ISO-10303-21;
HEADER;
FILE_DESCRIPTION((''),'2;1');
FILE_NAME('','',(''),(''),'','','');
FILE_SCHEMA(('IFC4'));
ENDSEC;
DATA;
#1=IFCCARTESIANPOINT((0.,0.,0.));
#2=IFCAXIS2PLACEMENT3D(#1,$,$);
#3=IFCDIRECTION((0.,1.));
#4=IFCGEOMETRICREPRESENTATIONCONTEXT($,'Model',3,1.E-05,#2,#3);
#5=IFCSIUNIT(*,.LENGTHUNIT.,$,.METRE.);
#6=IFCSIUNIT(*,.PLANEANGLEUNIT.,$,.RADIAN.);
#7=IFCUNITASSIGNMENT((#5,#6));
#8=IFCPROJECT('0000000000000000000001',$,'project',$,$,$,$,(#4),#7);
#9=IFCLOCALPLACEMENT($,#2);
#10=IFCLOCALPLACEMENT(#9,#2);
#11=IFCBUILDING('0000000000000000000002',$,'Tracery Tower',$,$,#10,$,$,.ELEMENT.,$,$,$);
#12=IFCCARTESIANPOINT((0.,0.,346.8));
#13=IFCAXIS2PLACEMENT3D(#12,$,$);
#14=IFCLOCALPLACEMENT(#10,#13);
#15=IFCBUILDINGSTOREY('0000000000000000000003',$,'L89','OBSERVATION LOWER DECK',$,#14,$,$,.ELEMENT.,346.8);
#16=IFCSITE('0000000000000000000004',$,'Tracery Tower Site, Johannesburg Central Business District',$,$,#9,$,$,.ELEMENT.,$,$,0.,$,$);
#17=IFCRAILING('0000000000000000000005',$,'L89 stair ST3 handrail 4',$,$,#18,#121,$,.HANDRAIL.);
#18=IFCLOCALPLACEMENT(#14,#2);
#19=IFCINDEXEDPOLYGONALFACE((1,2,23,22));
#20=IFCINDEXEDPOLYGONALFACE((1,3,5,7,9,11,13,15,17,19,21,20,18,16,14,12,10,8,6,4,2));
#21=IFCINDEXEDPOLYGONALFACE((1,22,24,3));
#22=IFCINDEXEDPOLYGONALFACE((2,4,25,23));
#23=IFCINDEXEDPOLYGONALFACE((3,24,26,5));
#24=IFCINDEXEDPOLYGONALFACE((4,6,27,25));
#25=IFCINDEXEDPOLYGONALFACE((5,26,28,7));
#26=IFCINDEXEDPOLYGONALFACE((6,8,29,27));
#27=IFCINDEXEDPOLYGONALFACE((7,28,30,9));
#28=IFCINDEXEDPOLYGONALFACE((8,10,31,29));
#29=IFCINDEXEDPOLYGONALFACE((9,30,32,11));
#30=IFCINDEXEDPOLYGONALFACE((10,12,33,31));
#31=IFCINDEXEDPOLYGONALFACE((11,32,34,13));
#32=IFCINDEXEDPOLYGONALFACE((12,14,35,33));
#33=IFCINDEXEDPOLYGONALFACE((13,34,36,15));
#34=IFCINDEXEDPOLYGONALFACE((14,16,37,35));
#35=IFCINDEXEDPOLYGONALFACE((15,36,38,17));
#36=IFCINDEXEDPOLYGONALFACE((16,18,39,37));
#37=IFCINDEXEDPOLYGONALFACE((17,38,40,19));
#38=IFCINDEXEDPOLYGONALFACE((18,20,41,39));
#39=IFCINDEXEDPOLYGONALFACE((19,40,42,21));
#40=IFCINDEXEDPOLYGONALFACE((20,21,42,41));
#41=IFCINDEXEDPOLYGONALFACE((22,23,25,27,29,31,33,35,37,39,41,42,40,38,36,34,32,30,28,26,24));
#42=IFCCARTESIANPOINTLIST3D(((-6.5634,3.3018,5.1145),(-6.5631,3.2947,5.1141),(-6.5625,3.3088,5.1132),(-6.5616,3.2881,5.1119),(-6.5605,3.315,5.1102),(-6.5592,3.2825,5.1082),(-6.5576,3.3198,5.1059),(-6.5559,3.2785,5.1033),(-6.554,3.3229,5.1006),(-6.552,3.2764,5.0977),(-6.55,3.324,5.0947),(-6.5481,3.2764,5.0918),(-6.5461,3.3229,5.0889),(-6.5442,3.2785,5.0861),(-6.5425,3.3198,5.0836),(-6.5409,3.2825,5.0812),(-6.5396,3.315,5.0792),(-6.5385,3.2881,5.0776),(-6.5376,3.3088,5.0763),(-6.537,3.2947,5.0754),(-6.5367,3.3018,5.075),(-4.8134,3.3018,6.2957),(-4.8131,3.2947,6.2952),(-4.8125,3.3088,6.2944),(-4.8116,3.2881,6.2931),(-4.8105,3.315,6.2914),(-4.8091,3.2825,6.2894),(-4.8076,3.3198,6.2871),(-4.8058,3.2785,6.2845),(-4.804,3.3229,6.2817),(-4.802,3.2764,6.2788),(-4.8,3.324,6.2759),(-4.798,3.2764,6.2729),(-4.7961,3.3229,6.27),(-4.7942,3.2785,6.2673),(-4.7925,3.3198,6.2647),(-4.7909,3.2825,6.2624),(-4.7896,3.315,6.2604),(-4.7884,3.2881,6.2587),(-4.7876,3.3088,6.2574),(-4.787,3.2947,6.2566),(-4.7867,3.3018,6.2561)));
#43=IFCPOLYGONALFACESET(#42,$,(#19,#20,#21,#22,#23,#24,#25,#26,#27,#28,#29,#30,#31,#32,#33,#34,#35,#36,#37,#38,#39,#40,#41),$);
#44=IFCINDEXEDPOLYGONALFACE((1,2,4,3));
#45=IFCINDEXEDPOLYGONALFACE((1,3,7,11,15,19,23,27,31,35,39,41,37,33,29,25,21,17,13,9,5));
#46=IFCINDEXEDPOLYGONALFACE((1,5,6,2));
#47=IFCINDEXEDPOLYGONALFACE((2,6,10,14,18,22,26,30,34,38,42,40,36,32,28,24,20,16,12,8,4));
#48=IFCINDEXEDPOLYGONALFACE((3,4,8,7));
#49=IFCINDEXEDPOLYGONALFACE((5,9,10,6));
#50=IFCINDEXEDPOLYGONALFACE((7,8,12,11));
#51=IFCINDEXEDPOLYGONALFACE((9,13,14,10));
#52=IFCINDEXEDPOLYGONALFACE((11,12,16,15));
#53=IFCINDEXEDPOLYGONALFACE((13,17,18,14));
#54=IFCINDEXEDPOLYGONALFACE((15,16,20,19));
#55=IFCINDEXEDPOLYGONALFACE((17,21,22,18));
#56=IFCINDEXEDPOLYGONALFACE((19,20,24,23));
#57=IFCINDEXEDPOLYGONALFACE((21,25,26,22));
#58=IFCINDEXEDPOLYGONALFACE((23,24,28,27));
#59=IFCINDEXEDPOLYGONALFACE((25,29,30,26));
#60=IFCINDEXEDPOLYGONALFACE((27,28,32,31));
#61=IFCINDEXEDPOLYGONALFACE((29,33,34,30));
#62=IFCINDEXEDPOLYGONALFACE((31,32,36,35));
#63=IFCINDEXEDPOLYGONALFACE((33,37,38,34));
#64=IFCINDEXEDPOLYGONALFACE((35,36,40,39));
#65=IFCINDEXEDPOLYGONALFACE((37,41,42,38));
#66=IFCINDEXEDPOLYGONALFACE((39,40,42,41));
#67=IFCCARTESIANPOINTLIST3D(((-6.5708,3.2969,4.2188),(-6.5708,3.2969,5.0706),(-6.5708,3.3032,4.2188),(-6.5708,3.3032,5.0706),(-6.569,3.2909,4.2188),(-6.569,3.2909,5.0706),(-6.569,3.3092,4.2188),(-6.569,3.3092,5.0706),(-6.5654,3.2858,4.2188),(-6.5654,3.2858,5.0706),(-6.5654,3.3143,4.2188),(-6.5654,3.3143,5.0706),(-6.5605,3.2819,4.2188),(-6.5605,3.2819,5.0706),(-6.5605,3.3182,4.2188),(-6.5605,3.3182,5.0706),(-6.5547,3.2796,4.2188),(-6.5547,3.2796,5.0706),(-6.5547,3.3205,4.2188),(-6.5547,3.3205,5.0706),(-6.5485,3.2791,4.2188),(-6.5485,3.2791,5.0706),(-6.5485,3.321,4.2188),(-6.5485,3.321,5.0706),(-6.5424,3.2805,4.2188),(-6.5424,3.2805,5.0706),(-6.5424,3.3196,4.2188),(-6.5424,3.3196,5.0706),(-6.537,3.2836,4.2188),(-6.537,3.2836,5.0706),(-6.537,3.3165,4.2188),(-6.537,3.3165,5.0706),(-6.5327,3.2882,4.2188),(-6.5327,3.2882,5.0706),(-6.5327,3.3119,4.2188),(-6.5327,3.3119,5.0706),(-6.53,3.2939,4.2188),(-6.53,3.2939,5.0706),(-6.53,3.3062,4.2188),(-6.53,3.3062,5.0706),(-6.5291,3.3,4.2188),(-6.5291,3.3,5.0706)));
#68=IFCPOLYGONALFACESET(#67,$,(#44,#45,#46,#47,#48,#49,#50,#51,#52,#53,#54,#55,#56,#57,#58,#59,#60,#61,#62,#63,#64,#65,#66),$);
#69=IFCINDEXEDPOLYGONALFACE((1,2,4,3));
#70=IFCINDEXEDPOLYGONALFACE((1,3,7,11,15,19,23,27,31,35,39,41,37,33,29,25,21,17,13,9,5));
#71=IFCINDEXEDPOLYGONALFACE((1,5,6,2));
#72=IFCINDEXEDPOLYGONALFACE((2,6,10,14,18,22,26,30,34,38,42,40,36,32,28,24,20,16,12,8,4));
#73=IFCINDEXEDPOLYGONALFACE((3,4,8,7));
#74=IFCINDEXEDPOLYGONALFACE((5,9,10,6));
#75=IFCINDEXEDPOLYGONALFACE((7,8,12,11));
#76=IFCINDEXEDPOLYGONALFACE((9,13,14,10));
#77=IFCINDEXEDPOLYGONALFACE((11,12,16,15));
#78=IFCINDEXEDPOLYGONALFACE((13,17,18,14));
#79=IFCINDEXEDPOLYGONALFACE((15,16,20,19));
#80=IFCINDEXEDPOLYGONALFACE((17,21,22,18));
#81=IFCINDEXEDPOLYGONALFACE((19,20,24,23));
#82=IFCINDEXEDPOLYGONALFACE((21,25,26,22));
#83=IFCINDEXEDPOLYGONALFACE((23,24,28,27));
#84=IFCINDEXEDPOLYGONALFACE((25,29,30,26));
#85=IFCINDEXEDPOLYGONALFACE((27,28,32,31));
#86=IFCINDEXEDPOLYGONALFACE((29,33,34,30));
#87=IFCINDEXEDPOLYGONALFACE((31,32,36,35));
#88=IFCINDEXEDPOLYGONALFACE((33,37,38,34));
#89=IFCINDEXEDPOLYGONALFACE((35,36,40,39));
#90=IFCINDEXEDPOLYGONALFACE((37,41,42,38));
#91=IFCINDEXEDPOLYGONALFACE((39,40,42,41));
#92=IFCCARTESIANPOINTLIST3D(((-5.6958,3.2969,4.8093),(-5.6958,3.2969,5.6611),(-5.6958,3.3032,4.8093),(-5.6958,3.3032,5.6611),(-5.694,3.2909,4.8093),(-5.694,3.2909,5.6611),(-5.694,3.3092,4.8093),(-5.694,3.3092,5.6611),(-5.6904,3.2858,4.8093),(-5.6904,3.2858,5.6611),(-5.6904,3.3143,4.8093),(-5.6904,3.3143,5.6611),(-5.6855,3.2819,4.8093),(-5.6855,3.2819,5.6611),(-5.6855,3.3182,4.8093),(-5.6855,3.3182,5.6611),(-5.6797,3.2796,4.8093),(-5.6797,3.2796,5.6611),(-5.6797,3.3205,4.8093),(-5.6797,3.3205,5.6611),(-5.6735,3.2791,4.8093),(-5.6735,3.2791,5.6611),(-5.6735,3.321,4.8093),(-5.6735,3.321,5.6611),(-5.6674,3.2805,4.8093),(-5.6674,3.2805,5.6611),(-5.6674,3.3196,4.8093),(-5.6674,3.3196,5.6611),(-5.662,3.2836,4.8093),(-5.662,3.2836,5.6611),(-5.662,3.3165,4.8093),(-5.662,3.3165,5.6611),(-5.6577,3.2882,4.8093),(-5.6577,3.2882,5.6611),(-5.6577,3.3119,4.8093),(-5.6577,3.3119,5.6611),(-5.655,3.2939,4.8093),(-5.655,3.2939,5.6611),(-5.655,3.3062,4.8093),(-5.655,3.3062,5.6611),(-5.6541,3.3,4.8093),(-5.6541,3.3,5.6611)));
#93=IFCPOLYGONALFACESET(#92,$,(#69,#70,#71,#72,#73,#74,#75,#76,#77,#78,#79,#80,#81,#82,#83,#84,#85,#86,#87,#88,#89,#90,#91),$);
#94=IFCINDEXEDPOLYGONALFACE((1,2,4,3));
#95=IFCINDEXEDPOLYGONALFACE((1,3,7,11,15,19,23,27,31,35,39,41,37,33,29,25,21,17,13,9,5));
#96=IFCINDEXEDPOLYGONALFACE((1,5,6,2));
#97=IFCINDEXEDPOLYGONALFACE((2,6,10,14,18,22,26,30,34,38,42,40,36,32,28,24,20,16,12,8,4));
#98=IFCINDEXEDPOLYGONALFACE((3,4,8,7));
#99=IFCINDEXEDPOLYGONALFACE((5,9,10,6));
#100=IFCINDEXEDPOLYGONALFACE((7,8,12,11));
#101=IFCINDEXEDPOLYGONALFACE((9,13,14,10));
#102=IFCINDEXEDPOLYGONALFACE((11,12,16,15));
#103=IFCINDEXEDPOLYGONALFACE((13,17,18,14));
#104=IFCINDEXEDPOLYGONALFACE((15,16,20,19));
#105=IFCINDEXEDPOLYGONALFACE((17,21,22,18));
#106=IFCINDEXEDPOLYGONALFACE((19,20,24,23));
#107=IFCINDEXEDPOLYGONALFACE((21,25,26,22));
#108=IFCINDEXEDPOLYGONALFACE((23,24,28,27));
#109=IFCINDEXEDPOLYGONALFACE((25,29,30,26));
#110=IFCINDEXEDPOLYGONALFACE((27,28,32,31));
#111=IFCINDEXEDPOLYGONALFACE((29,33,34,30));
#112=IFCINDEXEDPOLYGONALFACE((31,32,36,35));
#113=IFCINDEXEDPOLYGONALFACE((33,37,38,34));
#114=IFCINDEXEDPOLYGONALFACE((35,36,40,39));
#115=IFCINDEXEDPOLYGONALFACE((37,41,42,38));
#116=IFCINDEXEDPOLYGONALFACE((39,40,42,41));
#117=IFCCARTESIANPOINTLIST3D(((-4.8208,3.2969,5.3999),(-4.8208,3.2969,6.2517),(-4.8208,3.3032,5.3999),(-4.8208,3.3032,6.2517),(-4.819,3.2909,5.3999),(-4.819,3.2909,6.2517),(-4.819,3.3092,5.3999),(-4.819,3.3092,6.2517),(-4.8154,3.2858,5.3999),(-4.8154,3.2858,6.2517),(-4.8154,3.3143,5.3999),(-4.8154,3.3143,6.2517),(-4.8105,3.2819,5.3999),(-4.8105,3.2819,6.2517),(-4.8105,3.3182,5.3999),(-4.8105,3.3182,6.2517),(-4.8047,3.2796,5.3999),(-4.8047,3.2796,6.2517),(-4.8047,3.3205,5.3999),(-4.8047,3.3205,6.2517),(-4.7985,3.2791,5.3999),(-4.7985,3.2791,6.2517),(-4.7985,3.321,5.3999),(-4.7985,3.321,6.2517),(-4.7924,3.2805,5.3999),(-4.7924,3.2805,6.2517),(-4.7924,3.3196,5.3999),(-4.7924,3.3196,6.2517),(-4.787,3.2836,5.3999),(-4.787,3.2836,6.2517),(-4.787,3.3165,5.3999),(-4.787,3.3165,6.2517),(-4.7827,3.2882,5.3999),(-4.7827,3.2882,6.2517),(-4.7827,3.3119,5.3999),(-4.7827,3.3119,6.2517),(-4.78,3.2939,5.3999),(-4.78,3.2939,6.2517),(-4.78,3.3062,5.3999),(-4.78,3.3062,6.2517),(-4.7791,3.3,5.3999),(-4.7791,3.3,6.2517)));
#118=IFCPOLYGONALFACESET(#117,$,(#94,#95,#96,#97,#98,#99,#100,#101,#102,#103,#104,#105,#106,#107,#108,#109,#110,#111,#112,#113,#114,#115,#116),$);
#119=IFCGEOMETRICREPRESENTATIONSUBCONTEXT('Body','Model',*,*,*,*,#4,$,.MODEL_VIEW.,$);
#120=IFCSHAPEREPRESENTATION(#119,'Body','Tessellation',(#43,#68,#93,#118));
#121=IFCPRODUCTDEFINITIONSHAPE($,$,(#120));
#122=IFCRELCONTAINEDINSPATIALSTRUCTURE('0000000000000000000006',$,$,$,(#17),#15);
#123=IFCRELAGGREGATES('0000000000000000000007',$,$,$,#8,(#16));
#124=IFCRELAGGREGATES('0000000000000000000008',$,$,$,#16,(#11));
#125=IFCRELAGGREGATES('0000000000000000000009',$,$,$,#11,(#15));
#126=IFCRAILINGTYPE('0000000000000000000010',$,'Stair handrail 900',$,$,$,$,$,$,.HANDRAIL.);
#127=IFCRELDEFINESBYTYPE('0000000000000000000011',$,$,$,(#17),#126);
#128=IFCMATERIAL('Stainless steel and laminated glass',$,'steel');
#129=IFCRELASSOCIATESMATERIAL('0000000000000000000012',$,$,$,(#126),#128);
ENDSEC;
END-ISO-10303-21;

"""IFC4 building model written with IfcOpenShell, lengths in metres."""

from ifc_helpers import new_model, si_unit, direction, frame, origin, origin_2d, place, context, subcontext, project, spatial, circle, extrude, material, type_object, element, save


model = new_model("IFC4")

# Units and contexts
model_context = context("Model", 3, precision=1e-05, world=origin(), true_north=direction((0.0, 1.0)))
body_context = subcontext(model_context, "Body", "Model", "MODEL_VIEW")
ifc_project = project(units=[si_unit("LENGTHUNIT", "METRE"), si_unit("PLANEANGLEUNIT", "RADIAN")], contexts=[model_context])

# Site, building, storey
site_placement = place(None, origin())
site = spatial("IfcSite", under=ifc_project, at=site_placement, Name="Tracery Tower Site, Johannesburg Central Business District", CompositionType="ELEMENT", RefElevation=0.0)
building_placement = place(site_placement, origin())
building = spatial("IfcBuilding", under=site, at=building_placement, Name="Tracery Tower", CompositionType="ELEMENT")
storey_placement = place(building_placement, frame((0.0, 0.0, 346.8)))
storey = spatial("IfcBuildingStorey", under=building, at=storey_placement, Name="L89", Description="OBSERVATION LOWER DECK", CompositionType="ELEMENT", Elevation=346.8)

# Railing
ifc_material_1 = material(Name="Stainless steel and laminated glass", Category="steel")
railing_type_1 = type_object("IfcRailingType", Name="Stair handrail 900", PredefinedType="HANDRAIL", material=ifc_material_1)
railing_1_placement = place(storey_placement, frame((-6.55, 3.3, 4.2188)))
element("IfcRailing", 1, at=railing_1_placement, inside=storey, type_object=railing_type_1, Name="L89 stair ST3 handrail 4", PredefinedType="HANDRAIL", context=body_context, shape_type="SweptSolid", body=[
    extrude(circle(Radius=0.0239, at=origin_2d()), frame((0.0, 0.0, 0.876), z_axis=(0.82887, 0.0, 0.559441), x_axis=(0.0, 1.0, 0.0)), (0.0, 0.0, 1.0), 2.1113),
    extrude(circle(Radius=0.021, at=origin_2d()), origin(), (0.0, 0.0, 1.0), 0.8518),
    extrude(circle(Radius=0.021, at=origin_2d()), frame((0.875, 0.0, 0.5906)), (0.0, 0.0, 1.0), 0.8518),
    extrude(circle(Radius=0.021, at=origin_2d()), frame((1.75, 0.0, 1.1812)), (0.0, 0.0, 1.0), 0.8518),
])

save(model, "model.ifc")
